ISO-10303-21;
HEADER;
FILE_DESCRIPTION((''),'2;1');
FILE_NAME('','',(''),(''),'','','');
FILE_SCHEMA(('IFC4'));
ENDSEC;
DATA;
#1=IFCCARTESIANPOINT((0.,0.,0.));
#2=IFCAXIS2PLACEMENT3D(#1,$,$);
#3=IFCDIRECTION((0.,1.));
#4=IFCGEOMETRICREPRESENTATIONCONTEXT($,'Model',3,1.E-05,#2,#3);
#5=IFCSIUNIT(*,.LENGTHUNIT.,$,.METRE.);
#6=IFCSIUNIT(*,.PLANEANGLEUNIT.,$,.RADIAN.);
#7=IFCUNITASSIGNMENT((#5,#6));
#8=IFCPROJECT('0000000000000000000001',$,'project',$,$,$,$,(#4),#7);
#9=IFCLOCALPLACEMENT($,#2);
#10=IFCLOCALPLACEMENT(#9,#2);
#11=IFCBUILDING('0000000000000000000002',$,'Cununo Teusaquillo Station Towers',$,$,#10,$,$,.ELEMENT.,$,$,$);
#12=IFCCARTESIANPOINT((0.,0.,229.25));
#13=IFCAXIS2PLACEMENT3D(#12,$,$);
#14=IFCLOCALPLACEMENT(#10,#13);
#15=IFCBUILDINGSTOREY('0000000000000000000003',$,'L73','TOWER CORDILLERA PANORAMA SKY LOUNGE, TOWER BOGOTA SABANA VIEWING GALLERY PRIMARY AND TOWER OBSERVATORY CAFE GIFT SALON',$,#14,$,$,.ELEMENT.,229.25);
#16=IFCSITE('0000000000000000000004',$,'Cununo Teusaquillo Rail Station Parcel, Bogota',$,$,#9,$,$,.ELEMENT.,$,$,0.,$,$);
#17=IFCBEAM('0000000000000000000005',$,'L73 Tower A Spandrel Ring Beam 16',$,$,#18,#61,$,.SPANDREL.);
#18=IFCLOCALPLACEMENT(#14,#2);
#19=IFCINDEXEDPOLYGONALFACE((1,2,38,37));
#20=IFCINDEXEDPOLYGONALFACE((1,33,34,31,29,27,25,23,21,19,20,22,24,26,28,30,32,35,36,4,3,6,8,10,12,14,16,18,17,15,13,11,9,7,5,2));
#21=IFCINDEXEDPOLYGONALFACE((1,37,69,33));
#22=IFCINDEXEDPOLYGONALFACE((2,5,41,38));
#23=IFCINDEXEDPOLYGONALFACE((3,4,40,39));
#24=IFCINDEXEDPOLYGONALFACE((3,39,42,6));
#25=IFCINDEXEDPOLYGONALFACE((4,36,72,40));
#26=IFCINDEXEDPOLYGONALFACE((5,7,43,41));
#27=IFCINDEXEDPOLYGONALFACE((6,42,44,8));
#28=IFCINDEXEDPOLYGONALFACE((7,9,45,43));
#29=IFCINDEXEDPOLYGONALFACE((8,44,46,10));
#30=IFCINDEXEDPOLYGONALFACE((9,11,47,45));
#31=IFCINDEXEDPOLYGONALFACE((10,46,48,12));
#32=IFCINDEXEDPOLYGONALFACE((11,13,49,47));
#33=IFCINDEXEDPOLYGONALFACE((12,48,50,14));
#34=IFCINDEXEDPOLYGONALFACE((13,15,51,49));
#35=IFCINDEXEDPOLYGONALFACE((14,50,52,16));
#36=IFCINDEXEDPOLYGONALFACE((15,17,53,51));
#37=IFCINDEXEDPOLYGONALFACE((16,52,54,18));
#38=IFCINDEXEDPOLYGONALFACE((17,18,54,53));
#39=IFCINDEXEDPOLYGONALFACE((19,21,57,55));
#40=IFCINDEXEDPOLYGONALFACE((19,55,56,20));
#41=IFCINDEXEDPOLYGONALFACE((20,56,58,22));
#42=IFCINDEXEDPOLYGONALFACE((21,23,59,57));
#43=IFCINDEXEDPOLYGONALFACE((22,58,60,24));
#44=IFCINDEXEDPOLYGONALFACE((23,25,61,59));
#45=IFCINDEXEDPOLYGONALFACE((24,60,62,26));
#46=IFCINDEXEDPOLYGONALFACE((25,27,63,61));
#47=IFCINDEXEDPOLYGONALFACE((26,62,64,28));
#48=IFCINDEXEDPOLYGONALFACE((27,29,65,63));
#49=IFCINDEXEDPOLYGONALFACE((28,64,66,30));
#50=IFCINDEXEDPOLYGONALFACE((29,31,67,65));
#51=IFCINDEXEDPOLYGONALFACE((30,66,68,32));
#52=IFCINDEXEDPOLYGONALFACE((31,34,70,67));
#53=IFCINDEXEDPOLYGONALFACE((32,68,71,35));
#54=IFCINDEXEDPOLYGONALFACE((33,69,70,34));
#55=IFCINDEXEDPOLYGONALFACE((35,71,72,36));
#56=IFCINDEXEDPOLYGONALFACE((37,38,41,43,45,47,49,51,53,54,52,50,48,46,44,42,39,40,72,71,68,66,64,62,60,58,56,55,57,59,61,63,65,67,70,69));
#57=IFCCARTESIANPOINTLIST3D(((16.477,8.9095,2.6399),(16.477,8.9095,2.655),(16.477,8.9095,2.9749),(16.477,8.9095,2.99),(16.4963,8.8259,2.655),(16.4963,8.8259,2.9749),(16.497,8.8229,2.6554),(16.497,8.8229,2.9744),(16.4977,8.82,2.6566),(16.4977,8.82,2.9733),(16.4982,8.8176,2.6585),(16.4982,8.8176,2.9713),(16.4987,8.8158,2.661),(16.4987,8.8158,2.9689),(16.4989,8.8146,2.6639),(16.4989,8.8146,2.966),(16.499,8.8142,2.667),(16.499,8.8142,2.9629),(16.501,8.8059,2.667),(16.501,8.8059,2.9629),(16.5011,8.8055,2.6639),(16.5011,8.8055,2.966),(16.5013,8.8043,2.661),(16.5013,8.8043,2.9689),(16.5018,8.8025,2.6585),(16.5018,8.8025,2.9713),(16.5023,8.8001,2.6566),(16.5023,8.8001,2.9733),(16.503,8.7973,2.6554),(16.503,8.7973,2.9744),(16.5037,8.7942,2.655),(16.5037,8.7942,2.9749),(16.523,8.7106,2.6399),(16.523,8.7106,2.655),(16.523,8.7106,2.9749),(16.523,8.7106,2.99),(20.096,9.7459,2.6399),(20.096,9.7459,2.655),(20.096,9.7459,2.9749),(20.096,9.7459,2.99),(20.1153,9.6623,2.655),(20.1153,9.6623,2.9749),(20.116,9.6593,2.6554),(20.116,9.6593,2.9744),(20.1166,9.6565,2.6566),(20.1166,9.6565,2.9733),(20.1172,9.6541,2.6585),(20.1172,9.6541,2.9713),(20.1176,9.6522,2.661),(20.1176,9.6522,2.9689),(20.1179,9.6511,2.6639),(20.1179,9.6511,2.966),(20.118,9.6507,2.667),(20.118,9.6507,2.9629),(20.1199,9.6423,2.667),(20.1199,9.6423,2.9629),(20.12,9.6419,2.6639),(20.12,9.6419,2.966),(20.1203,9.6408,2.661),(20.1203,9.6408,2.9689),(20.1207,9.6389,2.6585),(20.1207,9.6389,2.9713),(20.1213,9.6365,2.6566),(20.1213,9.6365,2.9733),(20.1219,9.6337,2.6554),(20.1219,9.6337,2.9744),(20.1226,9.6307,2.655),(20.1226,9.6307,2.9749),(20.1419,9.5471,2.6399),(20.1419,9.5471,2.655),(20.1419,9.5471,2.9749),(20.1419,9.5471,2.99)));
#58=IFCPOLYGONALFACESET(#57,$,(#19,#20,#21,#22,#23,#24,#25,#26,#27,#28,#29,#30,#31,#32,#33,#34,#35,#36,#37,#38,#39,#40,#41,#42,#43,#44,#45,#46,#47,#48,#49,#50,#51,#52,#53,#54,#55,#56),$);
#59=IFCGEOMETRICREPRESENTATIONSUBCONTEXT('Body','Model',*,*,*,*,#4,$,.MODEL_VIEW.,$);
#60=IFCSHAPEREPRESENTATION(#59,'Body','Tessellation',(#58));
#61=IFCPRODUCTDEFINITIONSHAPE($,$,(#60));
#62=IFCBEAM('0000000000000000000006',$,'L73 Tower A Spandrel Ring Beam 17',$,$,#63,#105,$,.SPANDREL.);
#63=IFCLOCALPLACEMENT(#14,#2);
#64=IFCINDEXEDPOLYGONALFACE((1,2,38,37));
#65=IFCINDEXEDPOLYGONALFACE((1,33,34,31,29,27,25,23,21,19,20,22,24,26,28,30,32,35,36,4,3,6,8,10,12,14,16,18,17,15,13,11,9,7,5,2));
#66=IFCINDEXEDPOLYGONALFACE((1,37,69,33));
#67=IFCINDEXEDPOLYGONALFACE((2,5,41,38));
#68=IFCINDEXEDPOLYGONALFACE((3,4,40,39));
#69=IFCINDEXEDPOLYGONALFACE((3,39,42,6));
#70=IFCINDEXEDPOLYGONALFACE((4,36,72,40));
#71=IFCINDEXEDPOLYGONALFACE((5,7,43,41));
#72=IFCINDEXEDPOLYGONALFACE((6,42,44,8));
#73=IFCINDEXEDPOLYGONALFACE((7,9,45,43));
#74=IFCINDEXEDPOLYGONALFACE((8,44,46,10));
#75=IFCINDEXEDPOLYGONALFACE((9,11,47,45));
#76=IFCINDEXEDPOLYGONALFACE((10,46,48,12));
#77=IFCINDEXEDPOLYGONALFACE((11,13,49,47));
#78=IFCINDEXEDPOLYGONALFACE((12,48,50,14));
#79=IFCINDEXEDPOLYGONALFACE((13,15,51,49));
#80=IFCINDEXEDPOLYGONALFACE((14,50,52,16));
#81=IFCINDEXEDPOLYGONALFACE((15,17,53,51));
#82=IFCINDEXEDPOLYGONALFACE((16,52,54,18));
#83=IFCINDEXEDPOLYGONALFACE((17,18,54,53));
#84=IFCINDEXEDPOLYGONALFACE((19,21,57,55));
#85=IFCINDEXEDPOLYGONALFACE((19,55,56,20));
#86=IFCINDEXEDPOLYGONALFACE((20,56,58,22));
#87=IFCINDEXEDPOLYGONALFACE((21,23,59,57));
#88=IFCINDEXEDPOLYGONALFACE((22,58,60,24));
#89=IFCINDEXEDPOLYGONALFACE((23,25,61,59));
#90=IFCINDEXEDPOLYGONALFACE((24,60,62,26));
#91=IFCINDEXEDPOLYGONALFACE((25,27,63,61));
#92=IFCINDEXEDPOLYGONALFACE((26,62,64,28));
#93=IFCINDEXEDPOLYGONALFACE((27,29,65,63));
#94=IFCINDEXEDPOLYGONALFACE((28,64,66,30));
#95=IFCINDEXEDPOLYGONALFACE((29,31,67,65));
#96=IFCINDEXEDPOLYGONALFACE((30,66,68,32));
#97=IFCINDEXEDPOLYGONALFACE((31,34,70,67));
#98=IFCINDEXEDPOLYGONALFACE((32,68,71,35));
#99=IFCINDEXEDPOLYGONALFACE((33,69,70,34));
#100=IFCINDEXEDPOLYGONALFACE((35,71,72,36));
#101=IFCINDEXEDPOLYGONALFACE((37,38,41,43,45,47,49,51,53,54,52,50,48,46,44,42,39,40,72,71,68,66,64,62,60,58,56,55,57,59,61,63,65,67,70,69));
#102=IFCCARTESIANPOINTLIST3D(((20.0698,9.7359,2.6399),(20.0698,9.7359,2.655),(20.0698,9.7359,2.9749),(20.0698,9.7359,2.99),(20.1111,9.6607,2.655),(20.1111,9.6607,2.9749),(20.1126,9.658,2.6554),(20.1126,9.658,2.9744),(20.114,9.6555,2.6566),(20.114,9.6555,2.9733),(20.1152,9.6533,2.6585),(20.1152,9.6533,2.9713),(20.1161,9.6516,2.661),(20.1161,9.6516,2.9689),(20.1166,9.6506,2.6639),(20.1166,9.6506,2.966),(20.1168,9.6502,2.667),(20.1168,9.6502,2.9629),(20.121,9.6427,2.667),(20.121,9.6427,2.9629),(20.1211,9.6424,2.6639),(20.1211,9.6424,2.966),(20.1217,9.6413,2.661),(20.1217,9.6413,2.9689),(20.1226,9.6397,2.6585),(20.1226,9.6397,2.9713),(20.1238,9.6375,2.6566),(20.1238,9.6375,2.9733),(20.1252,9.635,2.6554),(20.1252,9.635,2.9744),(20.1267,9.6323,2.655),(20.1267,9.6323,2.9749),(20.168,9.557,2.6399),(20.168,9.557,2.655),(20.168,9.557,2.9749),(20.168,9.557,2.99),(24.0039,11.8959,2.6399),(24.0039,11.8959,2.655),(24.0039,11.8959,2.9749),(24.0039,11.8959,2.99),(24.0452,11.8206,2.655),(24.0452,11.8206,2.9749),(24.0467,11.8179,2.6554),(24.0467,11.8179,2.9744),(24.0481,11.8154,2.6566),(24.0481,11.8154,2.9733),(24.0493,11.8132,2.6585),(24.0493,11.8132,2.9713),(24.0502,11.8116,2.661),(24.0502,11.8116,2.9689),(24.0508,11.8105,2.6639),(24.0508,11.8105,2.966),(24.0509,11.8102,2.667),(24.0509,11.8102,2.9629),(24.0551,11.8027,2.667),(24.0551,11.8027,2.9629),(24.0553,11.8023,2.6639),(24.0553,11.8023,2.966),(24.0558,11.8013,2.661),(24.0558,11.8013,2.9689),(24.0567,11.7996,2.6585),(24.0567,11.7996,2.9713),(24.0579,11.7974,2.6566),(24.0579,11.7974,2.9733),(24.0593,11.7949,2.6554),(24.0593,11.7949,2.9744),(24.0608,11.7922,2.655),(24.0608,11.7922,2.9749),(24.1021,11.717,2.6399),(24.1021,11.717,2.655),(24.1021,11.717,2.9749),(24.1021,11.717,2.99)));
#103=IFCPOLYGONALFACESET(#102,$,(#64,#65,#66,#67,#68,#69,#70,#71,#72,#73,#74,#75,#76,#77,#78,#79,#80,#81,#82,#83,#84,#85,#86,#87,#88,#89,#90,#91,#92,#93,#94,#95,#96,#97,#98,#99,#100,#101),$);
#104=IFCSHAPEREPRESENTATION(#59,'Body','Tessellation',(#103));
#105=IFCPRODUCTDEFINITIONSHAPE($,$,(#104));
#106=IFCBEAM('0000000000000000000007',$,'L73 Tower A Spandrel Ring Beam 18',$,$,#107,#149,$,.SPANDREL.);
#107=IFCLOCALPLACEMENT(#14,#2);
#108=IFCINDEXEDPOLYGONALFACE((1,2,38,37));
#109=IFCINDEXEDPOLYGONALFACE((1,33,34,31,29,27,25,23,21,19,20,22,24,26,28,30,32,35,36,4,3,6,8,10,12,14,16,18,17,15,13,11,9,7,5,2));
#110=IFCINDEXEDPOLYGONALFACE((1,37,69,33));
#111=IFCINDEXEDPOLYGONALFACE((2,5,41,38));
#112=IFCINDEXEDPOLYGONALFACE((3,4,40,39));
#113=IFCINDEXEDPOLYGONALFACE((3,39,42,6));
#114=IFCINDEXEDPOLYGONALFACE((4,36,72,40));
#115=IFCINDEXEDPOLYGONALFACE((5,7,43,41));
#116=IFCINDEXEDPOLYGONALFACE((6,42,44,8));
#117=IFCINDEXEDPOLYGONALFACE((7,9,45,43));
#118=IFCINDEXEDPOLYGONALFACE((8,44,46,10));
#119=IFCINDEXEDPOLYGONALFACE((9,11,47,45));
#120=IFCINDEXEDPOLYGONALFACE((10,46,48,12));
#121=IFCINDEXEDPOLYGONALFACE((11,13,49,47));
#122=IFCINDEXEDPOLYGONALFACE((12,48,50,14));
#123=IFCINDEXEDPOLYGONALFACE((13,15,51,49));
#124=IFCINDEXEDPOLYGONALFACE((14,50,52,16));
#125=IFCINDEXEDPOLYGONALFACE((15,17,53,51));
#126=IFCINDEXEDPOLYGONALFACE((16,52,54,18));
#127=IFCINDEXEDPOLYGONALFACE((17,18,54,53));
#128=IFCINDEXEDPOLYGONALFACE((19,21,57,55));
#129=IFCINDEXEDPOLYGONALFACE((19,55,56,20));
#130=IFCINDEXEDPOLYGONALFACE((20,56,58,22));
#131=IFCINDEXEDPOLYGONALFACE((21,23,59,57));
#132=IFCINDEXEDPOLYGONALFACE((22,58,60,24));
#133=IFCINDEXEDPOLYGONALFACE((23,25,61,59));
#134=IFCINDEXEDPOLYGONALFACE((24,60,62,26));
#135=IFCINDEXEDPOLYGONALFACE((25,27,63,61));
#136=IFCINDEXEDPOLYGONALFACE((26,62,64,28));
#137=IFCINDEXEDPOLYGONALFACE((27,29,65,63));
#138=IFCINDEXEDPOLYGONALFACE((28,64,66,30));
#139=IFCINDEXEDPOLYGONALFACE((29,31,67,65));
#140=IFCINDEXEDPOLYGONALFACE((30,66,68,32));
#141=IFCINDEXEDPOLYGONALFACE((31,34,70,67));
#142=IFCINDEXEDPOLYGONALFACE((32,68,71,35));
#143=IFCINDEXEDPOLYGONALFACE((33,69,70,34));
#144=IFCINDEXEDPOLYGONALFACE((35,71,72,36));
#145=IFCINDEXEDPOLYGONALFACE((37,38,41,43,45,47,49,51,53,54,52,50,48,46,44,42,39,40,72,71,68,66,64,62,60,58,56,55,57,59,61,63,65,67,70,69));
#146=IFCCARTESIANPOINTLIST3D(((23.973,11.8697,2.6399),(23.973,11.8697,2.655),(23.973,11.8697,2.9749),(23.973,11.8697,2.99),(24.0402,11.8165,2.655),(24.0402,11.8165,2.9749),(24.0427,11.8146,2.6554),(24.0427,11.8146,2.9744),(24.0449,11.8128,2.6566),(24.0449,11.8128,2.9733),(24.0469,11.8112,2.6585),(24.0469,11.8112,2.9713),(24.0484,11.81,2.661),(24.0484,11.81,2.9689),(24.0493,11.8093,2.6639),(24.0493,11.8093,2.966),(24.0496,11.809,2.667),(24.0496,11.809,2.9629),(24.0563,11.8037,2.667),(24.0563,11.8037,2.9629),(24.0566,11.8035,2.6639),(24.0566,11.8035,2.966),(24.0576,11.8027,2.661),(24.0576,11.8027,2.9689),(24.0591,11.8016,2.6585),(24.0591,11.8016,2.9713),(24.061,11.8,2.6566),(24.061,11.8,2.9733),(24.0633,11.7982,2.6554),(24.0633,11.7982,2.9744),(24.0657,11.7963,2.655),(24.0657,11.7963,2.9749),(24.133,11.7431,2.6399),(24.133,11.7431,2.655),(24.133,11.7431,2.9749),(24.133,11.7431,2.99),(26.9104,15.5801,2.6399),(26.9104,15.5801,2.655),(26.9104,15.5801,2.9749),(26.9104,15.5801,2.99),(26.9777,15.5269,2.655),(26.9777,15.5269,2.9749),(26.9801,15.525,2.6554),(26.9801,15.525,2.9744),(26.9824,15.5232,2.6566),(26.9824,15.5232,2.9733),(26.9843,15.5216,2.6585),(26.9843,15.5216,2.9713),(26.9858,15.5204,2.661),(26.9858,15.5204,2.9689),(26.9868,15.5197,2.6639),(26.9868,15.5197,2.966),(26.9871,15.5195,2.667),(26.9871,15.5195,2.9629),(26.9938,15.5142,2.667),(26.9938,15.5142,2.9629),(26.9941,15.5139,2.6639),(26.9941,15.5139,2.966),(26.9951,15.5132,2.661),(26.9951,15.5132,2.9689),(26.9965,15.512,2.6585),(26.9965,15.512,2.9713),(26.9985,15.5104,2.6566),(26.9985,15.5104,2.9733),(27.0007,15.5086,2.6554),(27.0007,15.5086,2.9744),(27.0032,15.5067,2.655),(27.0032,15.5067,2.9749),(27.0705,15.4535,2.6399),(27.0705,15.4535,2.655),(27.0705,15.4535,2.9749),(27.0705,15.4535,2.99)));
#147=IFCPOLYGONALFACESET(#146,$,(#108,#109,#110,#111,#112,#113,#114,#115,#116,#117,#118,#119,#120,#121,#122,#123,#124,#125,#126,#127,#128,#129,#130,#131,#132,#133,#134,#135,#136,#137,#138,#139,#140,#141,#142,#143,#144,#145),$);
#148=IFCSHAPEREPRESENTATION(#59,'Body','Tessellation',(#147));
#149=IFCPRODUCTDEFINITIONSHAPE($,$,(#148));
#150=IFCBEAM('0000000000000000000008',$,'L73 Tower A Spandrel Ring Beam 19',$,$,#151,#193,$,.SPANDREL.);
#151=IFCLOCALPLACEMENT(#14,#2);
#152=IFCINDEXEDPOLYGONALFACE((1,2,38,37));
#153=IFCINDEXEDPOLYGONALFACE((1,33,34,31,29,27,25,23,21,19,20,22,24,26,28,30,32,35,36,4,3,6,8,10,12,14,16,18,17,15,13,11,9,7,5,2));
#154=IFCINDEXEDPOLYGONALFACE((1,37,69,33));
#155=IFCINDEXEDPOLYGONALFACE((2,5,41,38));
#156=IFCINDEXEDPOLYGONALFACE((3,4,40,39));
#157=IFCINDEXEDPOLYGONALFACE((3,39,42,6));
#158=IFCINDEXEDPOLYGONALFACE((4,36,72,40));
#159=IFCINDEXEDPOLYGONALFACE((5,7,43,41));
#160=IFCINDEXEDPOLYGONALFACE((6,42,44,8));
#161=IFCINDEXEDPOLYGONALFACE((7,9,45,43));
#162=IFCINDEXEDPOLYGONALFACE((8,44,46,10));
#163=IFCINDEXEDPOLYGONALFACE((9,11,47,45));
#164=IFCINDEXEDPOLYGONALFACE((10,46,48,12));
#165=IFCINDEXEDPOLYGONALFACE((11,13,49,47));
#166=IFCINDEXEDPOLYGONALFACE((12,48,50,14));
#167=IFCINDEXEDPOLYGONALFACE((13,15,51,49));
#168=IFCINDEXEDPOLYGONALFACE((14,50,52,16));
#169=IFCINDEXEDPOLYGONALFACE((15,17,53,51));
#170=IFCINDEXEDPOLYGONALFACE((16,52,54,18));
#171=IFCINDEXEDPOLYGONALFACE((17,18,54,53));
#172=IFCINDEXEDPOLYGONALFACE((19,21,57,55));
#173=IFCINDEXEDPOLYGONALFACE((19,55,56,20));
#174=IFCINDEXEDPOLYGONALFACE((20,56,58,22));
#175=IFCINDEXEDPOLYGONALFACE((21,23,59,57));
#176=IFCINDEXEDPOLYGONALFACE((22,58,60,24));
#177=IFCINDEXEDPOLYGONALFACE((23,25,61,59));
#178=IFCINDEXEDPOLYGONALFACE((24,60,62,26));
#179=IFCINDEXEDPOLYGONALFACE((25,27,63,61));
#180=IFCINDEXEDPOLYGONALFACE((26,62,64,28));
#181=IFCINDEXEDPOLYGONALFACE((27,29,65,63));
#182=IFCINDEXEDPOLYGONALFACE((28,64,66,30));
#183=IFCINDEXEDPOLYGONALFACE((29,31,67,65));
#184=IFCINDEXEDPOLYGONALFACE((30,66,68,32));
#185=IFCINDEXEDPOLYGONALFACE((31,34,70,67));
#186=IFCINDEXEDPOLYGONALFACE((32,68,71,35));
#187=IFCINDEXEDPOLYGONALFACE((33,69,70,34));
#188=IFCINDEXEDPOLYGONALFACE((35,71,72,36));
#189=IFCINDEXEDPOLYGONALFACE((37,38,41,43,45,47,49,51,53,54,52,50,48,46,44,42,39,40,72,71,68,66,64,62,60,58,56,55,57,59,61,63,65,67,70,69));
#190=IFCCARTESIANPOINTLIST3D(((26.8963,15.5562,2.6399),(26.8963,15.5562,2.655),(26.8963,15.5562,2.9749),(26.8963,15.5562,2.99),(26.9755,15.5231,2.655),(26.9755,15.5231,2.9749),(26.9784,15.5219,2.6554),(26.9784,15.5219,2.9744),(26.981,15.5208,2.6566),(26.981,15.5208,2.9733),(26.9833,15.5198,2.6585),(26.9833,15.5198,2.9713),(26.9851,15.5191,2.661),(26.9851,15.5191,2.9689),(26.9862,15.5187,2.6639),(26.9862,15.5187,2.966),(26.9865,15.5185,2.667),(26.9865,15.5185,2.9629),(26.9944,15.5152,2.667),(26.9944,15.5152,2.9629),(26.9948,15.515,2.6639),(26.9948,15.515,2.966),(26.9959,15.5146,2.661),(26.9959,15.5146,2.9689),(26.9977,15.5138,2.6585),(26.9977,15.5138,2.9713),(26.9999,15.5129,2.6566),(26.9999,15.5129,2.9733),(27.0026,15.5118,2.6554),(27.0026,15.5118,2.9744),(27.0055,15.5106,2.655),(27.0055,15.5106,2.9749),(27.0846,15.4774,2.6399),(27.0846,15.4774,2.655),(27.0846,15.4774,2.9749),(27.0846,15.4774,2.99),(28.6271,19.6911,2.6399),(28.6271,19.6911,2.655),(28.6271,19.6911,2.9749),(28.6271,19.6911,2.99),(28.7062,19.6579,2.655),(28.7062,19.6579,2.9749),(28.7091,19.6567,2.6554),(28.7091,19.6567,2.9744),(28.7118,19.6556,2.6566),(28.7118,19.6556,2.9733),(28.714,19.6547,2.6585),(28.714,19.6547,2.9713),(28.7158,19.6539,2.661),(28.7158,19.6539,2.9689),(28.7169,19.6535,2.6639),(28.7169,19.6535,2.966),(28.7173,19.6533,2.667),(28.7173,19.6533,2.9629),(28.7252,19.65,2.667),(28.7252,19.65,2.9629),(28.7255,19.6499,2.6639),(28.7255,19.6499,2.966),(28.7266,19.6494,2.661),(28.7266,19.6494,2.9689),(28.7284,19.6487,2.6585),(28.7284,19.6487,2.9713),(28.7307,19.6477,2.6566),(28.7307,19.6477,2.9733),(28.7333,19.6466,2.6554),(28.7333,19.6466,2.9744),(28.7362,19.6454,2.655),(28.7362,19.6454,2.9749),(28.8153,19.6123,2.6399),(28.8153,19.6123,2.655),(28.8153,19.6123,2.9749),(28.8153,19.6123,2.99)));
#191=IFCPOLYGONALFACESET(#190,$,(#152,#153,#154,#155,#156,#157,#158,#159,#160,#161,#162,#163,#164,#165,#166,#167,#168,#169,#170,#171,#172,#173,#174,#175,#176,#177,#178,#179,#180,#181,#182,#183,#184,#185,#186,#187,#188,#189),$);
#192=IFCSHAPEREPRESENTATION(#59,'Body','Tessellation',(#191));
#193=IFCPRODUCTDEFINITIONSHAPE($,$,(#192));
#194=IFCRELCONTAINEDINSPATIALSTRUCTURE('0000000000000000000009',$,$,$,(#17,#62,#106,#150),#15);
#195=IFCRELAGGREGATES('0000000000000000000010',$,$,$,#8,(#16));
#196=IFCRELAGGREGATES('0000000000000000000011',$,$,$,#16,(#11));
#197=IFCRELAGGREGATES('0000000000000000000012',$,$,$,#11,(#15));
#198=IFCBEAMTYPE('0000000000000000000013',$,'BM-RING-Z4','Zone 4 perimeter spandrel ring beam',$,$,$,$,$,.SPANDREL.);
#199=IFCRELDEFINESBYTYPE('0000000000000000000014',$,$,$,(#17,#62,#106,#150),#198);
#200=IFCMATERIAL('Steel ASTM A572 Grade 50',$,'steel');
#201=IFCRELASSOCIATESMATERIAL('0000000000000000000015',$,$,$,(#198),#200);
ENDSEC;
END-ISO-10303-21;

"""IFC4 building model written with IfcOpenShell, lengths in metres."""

from ifc_helpers import new_model, si_unit, direction, frame, origin, origin_2d, place, context, subcontext, project, spatial, i_section, extrude, material, material_profile, profile_set, type_object, element, save


model = new_model("IFC4")

# Units and contexts
model_context = context("Model", 3, precision=1e-05, world=origin(), true_north=direction((0.0, 1.0)))
body_context = subcontext(model_context, "Body", "Model", "MODEL_VIEW")
ifc_project = project(units=[si_unit("LENGTHUNIT", "METRE"), si_unit("PLANEANGLEUNIT", "RADIAN")], contexts=[model_context])

# Site, building, storey
site_placement = place(None, origin())
site = spatial("IfcSite", under=ifc_project, at=site_placement, Name="Cununo Teusaquillo Rail Station Parcel, Bogota", CompositionType="ELEMENT", RefElevation=0.0)
building_placement = place(site_placement, origin())
building = spatial("IfcBuilding", under=site, at=building_placement, Name="Cununo Teusaquillo Station Towers", CompositionType="ELEMENT")
storey_placement = place(building_placement, frame((0.0, 0.0, 229.25)))
storey = spatial("IfcBuildingStorey", under=building, at=storey_placement, Name="L73", Description="TOWER CORDILLERA PANORAMA SKY LOUNGE, TOWER BOGOTA SABANA VIEWING GALLERY PRIMARY AND TOWER OBSERVATORY CAFE GIFT SALON", CompositionType="ELEMENT", Elevation=229.25)

# Beams
ifc_material_1 = material(Name="Steel ASTM A572 Grade 50", Category="steel")
ifc_material_profile_1 = material_profile(ifc_material_1, i_section(OverallWidth=0.2041, OverallDepth=0.3501, WebThickness=0.0085, FlangeThickness=0.0151, FilletRadius=0.012, at=origin_2d()), Name="W14X48")
ifc_profile_set_1 = profile_set([ifc_material_profile_1], Name="Steel ASTM A572 Grade 50")
beam_type_1 = type_object("IfcBeamType", Name="BM-RING-Z4", Description="Zone 4 perimeter spandrel ring beam", PredefinedType="SPANDREL", material=ifc_profile_set_1)
beam_1_placement = place(storey_placement, frame((16.5, 8.8101, 2.8149), z_axis=(0.974315, 0.225191, 0.0), x_axis=(-0.225191, 0.974315, 0.0)))
element("IfcBeam", 1, at=beam_1_placement, inside=storey, type_object=beam_type_1, Name="L73 Tower A Spandrel Ring Beam 16", PredefinedType="SPANDREL", context=body_context, shape_type="SweptSolid", body=[
    extrude(i_section(OverallWidth=0.2041, OverallDepth=0.3501, WebThickness=0.0085, FlangeThickness=0.0151, FilletRadius=0.012, at=origin_2d()), origin(), (0.0, 0.0, 1.0), 3.7144),
])
beam_2_placement = place(storey_placement, frame((20.1189, 9.6465, 2.8149), z_axis=(0.876576, 0.481263, 0.0), x_axis=(-0.481263, 0.876576, 0.0)))
element("IfcBeam", 2, at=beam_2_placement, inside=storey, type_object=beam_type_1, Name="L73 Tower A Spandrel Ring Beam 17", PredefinedType="SPANDREL", context=body_context, shape_type="SweptSolid", body=[
    extrude(i_section(OverallWidth=0.2041, OverallDepth=0.3501, WebThickness=0.0085, FlangeThickness=0.0151, FilletRadius=0.012, at=origin_2d()), origin(), (0.0, 0.0, 1.0), 4.488),
])
beam_3_placement = place(storey_placement, frame((24.053, 11.8064, 2.8149), z_axis=(0.620711, 0.78404, 0.0), x_axis=(-0.78404, 0.620711, 0.0)))
element("IfcBeam", 3, at=beam_3_placement, inside=storey, type_object=beam_type_1, Name="L73 Tower A Spandrel Ring Beam 18", PredefinedType="SPANDREL", context=body_context, shape_type="SweptSolid", body=[
    extrude(i_section(OverallWidth=0.2041, OverallDepth=0.3501, WebThickness=0.0085, FlangeThickness=0.0151, FilletRadius=0.012, at=origin_2d()), origin(), (0.0, 0.0, 1.0), 4.7324),
])
beam_4_placement = place(storey_placement, frame((26.9905, 15.5168, 2.8149), z_axis=(0.386115, 0.92245, 0.0), x_axis=(-0.92245, 0.386115, 0.0)))
element("IfcBeam", 4, at=beam_4_placement, inside=storey, type_object=beam_type_1, Name="L73 Tower A Spandrel Ring Beam 19", PredefinedType="SPANDREL", context=body_context, shape_type="SweptSolid", body=[
    extrude(i_section(OverallWidth=0.2041, OverallDepth=0.3501, WebThickness=0.0085, FlangeThickness=0.0151, FilletRadius=0.012, at=origin_2d()), origin(), (0.0, 0.0, 1.0), 4.4824),
])

save(model, "model.ifc")
